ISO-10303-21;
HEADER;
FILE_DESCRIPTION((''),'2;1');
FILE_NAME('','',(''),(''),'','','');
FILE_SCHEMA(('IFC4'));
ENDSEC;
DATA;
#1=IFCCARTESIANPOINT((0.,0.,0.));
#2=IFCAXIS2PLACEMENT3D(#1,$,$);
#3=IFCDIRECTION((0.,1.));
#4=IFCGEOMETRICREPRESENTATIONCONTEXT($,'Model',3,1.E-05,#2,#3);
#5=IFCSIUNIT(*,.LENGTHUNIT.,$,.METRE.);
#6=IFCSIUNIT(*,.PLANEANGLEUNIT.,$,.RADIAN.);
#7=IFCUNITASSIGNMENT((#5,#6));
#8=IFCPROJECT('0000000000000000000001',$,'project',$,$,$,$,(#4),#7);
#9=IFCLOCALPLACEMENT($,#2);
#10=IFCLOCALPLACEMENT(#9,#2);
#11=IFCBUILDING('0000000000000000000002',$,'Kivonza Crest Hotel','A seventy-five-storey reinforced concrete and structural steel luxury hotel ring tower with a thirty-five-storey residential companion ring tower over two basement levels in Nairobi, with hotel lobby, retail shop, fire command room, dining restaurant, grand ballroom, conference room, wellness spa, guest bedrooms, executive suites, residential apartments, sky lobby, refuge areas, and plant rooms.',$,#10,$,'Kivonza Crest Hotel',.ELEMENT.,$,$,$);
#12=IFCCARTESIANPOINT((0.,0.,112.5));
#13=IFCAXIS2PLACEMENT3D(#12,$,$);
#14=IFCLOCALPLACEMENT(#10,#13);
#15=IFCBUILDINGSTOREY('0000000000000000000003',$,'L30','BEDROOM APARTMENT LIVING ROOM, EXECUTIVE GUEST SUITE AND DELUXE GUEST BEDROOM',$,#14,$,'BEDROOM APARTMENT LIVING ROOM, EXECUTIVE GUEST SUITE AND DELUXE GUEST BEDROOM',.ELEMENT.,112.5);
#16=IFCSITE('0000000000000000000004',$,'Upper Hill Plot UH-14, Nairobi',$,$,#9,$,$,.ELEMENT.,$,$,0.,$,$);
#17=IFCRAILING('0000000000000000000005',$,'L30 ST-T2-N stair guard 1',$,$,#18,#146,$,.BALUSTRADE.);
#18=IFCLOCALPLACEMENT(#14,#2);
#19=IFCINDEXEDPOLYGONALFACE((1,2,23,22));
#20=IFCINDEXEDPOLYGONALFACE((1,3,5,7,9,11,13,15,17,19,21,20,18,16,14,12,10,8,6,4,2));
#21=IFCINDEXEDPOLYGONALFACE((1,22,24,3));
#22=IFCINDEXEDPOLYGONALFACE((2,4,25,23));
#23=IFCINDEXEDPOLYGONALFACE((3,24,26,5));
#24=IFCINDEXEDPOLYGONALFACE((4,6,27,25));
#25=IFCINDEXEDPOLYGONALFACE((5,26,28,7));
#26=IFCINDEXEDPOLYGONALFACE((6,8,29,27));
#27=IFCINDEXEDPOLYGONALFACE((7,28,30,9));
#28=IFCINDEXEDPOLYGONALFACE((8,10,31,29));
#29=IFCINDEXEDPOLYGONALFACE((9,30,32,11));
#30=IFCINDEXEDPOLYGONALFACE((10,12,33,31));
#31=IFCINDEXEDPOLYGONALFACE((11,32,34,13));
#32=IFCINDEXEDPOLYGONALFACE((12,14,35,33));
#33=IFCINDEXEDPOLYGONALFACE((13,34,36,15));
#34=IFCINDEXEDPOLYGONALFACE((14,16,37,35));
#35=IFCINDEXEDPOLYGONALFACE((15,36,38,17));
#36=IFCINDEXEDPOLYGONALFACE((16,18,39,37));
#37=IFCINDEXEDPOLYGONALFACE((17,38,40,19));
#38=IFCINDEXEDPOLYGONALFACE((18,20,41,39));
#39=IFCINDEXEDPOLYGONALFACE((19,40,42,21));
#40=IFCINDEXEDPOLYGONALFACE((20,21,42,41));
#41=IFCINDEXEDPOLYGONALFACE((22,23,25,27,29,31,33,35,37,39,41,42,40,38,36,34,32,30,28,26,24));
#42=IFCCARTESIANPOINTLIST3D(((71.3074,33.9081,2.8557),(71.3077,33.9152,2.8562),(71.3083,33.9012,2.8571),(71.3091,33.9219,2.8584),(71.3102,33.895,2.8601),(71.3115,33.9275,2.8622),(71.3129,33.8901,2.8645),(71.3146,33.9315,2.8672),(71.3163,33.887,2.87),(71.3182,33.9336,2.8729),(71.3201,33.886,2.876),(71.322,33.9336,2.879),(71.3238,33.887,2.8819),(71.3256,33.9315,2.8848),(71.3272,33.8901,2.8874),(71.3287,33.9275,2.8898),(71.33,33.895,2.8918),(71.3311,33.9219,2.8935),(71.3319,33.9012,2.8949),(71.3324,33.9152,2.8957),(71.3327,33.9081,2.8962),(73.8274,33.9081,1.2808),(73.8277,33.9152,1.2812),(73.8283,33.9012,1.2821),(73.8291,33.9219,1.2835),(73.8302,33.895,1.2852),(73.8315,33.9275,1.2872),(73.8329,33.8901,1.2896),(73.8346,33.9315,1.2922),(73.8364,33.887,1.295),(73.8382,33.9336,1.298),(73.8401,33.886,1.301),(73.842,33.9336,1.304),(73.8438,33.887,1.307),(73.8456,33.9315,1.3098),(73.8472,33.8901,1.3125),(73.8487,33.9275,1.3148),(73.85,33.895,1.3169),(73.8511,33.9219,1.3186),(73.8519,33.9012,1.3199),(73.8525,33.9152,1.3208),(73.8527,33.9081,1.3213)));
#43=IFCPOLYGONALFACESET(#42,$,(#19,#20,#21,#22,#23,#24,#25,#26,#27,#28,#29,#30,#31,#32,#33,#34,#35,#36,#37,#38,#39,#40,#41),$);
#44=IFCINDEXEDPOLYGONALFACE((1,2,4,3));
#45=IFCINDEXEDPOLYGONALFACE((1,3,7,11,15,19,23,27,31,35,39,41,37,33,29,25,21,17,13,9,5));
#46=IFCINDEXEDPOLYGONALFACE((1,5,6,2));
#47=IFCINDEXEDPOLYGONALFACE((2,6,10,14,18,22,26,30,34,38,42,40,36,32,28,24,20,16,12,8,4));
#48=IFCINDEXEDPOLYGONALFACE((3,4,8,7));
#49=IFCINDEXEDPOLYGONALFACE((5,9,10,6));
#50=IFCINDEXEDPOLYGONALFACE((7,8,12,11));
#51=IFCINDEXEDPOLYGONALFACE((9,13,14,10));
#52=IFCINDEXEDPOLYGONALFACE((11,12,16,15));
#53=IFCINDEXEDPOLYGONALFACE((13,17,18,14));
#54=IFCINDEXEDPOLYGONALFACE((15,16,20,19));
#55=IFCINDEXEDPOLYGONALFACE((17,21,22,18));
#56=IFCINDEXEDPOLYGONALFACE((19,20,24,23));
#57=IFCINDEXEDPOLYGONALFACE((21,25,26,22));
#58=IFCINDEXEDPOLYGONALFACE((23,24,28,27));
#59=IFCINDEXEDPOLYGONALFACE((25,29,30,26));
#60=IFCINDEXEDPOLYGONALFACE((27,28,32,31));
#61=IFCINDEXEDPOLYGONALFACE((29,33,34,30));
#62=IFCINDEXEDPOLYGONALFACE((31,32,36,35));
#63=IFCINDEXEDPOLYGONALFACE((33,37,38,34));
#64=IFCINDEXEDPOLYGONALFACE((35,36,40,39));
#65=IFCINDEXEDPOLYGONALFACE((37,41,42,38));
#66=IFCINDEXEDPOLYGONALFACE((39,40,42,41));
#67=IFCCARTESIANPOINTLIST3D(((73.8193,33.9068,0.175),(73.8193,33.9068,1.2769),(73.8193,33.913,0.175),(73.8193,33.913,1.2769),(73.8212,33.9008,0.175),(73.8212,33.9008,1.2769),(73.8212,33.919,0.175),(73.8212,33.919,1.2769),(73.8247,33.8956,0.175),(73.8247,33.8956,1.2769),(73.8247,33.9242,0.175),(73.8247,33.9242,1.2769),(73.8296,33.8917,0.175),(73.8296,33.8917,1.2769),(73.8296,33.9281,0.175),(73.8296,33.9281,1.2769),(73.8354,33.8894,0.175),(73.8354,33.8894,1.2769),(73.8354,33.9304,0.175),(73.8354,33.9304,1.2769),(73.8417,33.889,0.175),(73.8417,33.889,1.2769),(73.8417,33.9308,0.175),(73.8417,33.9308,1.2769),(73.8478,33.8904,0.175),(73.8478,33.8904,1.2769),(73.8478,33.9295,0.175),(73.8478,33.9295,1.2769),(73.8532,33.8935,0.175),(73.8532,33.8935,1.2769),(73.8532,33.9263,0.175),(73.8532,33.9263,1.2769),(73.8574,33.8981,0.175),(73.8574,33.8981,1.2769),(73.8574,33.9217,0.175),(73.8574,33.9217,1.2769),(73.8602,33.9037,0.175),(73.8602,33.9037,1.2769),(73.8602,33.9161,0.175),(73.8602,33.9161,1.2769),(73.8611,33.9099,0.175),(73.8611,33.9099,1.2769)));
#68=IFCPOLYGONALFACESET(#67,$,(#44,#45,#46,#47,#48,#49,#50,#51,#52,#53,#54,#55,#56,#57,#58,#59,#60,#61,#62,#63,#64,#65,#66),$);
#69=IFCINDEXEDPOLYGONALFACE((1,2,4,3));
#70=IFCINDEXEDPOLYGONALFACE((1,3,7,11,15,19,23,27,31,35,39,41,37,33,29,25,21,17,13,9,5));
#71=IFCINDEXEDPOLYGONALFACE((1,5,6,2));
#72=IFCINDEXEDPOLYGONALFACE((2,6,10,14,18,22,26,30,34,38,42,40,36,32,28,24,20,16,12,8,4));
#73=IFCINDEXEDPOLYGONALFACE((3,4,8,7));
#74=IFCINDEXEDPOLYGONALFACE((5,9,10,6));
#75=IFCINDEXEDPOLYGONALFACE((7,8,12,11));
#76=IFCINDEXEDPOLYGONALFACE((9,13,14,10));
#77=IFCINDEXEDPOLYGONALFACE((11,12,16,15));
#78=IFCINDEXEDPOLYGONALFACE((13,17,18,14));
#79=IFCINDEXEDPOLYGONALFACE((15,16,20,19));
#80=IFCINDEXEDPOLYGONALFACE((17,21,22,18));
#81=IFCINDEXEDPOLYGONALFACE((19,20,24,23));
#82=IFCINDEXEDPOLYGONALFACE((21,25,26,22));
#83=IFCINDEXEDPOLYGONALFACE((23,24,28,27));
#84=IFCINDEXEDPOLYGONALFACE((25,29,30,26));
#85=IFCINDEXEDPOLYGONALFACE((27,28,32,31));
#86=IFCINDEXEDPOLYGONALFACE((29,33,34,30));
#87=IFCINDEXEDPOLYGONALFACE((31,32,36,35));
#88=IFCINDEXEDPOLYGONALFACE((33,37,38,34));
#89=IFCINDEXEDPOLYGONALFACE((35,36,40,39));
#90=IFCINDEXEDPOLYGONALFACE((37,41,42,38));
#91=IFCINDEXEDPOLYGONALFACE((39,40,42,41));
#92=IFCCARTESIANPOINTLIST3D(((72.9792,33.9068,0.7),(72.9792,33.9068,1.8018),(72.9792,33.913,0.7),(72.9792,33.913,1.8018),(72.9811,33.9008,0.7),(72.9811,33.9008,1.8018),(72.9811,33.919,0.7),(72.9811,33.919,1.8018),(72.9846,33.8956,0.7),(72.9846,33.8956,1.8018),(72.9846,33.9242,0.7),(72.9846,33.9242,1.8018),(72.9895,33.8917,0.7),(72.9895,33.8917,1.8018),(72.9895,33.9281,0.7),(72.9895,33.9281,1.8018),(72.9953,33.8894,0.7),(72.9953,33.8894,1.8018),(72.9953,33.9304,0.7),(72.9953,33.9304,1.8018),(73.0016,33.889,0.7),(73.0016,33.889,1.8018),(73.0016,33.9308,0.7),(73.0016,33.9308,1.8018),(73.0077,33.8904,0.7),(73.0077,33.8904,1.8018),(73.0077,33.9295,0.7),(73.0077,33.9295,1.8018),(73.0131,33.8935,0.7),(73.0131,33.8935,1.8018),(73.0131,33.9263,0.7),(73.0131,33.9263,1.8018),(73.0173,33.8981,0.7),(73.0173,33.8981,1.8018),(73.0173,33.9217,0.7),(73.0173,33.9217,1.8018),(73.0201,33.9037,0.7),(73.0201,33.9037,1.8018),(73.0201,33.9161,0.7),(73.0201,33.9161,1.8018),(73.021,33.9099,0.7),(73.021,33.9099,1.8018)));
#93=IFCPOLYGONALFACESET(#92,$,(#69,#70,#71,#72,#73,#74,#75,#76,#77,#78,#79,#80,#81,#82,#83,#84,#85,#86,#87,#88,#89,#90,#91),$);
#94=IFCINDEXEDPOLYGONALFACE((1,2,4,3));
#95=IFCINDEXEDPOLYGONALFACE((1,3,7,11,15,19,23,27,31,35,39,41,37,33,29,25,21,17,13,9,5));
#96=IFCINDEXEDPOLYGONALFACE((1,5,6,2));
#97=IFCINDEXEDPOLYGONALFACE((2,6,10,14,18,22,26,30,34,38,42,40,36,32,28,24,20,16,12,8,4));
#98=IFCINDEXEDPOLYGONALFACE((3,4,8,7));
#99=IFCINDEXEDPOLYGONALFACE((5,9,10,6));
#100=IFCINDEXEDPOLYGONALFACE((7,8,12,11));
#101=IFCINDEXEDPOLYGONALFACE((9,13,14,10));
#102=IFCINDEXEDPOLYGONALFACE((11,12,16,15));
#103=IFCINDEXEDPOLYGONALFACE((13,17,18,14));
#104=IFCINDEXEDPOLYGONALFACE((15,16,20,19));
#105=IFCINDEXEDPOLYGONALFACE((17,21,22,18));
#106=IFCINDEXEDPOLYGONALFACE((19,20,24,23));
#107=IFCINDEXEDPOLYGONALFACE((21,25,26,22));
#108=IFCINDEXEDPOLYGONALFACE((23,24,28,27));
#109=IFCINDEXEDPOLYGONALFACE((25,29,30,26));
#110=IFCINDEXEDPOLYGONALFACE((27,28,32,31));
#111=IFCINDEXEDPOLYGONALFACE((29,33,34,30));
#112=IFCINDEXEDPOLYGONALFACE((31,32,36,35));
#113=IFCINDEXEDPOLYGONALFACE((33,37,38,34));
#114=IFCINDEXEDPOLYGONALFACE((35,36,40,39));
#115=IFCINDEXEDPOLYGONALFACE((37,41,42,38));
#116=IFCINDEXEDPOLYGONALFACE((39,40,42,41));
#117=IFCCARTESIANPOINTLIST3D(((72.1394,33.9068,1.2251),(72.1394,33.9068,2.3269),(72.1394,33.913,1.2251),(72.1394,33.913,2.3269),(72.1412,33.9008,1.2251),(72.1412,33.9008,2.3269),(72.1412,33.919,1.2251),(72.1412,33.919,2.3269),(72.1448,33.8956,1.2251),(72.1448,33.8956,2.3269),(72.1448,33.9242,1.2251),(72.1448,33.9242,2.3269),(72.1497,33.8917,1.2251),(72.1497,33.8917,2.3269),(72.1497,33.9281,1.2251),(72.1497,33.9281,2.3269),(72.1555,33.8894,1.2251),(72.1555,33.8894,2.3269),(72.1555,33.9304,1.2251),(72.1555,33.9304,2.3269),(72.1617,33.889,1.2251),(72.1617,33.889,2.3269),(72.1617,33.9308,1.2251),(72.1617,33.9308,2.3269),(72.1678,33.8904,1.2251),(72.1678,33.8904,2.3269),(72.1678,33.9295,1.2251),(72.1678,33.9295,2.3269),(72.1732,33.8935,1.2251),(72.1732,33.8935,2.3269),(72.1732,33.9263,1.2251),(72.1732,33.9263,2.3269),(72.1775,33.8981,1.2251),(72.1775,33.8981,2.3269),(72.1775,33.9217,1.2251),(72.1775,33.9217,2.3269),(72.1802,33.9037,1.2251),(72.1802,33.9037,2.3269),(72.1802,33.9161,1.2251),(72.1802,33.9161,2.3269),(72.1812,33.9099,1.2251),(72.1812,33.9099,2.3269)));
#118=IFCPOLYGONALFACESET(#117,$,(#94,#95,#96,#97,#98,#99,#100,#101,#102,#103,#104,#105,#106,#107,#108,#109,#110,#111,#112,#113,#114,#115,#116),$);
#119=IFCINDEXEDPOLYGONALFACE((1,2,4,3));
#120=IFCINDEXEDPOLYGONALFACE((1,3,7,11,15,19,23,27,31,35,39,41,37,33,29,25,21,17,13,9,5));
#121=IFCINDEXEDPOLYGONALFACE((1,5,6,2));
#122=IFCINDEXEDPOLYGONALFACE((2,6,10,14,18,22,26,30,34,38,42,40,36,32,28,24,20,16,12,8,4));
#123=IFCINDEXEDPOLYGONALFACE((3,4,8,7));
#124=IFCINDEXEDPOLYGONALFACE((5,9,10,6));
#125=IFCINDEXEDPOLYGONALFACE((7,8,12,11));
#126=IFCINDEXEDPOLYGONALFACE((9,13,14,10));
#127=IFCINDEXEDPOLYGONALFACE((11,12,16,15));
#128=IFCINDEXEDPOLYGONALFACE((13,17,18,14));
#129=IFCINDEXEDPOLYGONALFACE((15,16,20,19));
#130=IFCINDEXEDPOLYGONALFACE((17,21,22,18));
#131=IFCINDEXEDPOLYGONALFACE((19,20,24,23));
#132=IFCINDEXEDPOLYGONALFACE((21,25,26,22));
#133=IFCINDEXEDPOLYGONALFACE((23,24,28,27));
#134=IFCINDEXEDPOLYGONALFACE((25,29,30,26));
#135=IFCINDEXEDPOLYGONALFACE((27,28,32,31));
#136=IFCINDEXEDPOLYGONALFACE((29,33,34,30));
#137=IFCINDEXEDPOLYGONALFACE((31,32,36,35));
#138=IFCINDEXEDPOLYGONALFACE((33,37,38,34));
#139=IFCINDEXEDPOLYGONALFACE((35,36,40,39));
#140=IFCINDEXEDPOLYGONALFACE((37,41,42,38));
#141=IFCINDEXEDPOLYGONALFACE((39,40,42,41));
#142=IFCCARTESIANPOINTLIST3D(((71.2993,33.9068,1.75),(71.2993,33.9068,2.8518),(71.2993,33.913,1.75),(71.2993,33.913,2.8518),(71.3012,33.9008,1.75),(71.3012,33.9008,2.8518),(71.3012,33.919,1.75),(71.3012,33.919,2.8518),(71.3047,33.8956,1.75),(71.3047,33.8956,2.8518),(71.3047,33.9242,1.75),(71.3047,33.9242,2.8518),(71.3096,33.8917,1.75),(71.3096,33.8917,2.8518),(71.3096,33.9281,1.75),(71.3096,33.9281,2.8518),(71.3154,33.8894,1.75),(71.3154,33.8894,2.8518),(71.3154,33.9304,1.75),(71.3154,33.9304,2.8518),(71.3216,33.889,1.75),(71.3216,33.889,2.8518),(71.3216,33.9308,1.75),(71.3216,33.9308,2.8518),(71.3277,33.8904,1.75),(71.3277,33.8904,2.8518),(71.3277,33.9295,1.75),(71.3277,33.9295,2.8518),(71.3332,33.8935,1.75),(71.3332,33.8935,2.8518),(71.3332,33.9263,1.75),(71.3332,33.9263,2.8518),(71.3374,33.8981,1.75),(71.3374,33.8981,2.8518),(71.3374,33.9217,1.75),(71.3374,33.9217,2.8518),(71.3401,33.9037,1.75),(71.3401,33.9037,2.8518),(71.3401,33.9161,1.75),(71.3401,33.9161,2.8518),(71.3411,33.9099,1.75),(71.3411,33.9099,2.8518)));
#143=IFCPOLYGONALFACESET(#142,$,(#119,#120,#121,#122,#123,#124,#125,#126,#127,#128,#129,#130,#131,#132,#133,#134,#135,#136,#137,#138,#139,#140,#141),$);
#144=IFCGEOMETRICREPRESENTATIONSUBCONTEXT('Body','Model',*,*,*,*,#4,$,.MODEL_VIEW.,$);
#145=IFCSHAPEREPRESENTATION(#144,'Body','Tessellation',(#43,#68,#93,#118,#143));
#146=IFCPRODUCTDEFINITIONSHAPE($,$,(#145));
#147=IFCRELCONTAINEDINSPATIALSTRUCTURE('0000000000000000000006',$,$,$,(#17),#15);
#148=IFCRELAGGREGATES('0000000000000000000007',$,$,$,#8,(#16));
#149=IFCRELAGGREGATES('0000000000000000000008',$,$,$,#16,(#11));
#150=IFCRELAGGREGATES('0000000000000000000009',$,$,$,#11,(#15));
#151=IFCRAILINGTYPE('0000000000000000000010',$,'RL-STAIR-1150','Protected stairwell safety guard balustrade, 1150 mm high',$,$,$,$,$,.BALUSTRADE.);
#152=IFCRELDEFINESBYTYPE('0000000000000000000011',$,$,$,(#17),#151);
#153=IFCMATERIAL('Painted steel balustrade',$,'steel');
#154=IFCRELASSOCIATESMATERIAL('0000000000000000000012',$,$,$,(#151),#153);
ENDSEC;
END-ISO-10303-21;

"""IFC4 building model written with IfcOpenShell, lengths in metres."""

from ifc_helpers import new_model, si_unit, direction, frame, origin, origin_2d, place, context, subcontext, project, spatial, circle, extrude, material, type_object, element, save


model = new_model("IFC4")

# Units and contexts
model_context = context("Model", 3, precision=1e-05, world=origin(), true_north=direction((0.0, 1.0)))
body_context = subcontext(model_context, "Body", "Model", "MODEL_VIEW")
ifc_project = project(units=[si_unit("LENGTHUNIT", "METRE"), si_unit("PLANEANGLEUNIT", "RADIAN")], contexts=[model_context])

# Site, building, storey
site_placement = place(None, origin())
site = spatial("IfcSite", under=ifc_project, at=site_placement, Name="Upper Hill Plot UH-14, Nairobi", CompositionType="ELEMENT", RefElevation=0.0)
building_placement = place(site_placement, origin())
building = spatial("IfcBuilding", under=site, at=building_placement, Name="Kivonza Crest Hotel", Description="A seventy-five-storey reinforced concrete and structural steel luxury hotel ring tower with a thirty-five-storey residential companion ring tower over two basement levels in Nairobi, with hotel lobby, retail shop, fire command room, dining restaurant, grand ballroom, conference room, wellness spa, guest bedrooms, executive suites, residential apartments, sky lobby, refuge areas, and plant rooms.", LongName="Kivonza Crest Hotel", CompositionType="ELEMENT")
storey_placement = place(building_placement, frame((0.0, 0.0, 112.5)))
storey = spatial("IfcBuildingStorey", under=building, at=storey_placement, Name="L30", Description="BEDROOM APARTMENT LIVING ROOM, EXECUTIVE GUEST SUITE AND DELUXE GUEST BEDROOM", LongName="BEDROOM APARTMENT LIVING ROOM, EXECUTIVE GUEST SUITE AND DELUXE GUEST BEDROOM", CompositionType="ELEMENT", Elevation=112.5)

# Railing
ifc_material_1 = material(Name="Painted steel balustrade", Category="steel")
railing_type_1 = type_object("IfcRailingType", Name="RL-STAIR-1150", Description="Protected stairwell safety guard balustrade, 1150 mm high", PredefinedType="BALUSTRADE", material=ifc_material_1)
railing_1_placement = place(storey_placement, frame((73.8401, 33.9099, 0.175)))
element("IfcRailing", 1, at=railing_1_placement, inside=storey, type_object=railing_type_1, Name="L30 ST-T2-N stair guard 1", PredefinedType="BALUSTRADE", context=body_context, shape_type="SweptSolid", body=[
    extrude(circle(Radius=0.0239, at=origin_2d()), frame((0.0, 0.0, 1.126), z_axis=(-0.848008, 0.0, 0.529984), x_axis=(0.0, -1.0, 0.0)), (0.0, 0.0, 1.0), 2.9717),
    extrude(circle(Radius=0.021, at=origin_2d()), origin(), (0.0, 0.0, 1.0), 1.1018),
    extrude(circle(Radius=0.021, at=origin_2d()), frame((-0.8401, 0.0, 0.5249)), (0.0, 0.0, 1.0), 1.1018),
    extrude(circle(Radius=0.021, at=origin_2d()), frame((-1.6799, 0.0, 1.05)), (0.0, 0.0, 1.0), 1.1018),
    extrude(circle(Radius=0.021, at=origin_2d()), frame((-2.52, 0.0, 1.575)), (0.0, 0.0, 1.0), 1.1018),
])

save(model, "model.ifc")
